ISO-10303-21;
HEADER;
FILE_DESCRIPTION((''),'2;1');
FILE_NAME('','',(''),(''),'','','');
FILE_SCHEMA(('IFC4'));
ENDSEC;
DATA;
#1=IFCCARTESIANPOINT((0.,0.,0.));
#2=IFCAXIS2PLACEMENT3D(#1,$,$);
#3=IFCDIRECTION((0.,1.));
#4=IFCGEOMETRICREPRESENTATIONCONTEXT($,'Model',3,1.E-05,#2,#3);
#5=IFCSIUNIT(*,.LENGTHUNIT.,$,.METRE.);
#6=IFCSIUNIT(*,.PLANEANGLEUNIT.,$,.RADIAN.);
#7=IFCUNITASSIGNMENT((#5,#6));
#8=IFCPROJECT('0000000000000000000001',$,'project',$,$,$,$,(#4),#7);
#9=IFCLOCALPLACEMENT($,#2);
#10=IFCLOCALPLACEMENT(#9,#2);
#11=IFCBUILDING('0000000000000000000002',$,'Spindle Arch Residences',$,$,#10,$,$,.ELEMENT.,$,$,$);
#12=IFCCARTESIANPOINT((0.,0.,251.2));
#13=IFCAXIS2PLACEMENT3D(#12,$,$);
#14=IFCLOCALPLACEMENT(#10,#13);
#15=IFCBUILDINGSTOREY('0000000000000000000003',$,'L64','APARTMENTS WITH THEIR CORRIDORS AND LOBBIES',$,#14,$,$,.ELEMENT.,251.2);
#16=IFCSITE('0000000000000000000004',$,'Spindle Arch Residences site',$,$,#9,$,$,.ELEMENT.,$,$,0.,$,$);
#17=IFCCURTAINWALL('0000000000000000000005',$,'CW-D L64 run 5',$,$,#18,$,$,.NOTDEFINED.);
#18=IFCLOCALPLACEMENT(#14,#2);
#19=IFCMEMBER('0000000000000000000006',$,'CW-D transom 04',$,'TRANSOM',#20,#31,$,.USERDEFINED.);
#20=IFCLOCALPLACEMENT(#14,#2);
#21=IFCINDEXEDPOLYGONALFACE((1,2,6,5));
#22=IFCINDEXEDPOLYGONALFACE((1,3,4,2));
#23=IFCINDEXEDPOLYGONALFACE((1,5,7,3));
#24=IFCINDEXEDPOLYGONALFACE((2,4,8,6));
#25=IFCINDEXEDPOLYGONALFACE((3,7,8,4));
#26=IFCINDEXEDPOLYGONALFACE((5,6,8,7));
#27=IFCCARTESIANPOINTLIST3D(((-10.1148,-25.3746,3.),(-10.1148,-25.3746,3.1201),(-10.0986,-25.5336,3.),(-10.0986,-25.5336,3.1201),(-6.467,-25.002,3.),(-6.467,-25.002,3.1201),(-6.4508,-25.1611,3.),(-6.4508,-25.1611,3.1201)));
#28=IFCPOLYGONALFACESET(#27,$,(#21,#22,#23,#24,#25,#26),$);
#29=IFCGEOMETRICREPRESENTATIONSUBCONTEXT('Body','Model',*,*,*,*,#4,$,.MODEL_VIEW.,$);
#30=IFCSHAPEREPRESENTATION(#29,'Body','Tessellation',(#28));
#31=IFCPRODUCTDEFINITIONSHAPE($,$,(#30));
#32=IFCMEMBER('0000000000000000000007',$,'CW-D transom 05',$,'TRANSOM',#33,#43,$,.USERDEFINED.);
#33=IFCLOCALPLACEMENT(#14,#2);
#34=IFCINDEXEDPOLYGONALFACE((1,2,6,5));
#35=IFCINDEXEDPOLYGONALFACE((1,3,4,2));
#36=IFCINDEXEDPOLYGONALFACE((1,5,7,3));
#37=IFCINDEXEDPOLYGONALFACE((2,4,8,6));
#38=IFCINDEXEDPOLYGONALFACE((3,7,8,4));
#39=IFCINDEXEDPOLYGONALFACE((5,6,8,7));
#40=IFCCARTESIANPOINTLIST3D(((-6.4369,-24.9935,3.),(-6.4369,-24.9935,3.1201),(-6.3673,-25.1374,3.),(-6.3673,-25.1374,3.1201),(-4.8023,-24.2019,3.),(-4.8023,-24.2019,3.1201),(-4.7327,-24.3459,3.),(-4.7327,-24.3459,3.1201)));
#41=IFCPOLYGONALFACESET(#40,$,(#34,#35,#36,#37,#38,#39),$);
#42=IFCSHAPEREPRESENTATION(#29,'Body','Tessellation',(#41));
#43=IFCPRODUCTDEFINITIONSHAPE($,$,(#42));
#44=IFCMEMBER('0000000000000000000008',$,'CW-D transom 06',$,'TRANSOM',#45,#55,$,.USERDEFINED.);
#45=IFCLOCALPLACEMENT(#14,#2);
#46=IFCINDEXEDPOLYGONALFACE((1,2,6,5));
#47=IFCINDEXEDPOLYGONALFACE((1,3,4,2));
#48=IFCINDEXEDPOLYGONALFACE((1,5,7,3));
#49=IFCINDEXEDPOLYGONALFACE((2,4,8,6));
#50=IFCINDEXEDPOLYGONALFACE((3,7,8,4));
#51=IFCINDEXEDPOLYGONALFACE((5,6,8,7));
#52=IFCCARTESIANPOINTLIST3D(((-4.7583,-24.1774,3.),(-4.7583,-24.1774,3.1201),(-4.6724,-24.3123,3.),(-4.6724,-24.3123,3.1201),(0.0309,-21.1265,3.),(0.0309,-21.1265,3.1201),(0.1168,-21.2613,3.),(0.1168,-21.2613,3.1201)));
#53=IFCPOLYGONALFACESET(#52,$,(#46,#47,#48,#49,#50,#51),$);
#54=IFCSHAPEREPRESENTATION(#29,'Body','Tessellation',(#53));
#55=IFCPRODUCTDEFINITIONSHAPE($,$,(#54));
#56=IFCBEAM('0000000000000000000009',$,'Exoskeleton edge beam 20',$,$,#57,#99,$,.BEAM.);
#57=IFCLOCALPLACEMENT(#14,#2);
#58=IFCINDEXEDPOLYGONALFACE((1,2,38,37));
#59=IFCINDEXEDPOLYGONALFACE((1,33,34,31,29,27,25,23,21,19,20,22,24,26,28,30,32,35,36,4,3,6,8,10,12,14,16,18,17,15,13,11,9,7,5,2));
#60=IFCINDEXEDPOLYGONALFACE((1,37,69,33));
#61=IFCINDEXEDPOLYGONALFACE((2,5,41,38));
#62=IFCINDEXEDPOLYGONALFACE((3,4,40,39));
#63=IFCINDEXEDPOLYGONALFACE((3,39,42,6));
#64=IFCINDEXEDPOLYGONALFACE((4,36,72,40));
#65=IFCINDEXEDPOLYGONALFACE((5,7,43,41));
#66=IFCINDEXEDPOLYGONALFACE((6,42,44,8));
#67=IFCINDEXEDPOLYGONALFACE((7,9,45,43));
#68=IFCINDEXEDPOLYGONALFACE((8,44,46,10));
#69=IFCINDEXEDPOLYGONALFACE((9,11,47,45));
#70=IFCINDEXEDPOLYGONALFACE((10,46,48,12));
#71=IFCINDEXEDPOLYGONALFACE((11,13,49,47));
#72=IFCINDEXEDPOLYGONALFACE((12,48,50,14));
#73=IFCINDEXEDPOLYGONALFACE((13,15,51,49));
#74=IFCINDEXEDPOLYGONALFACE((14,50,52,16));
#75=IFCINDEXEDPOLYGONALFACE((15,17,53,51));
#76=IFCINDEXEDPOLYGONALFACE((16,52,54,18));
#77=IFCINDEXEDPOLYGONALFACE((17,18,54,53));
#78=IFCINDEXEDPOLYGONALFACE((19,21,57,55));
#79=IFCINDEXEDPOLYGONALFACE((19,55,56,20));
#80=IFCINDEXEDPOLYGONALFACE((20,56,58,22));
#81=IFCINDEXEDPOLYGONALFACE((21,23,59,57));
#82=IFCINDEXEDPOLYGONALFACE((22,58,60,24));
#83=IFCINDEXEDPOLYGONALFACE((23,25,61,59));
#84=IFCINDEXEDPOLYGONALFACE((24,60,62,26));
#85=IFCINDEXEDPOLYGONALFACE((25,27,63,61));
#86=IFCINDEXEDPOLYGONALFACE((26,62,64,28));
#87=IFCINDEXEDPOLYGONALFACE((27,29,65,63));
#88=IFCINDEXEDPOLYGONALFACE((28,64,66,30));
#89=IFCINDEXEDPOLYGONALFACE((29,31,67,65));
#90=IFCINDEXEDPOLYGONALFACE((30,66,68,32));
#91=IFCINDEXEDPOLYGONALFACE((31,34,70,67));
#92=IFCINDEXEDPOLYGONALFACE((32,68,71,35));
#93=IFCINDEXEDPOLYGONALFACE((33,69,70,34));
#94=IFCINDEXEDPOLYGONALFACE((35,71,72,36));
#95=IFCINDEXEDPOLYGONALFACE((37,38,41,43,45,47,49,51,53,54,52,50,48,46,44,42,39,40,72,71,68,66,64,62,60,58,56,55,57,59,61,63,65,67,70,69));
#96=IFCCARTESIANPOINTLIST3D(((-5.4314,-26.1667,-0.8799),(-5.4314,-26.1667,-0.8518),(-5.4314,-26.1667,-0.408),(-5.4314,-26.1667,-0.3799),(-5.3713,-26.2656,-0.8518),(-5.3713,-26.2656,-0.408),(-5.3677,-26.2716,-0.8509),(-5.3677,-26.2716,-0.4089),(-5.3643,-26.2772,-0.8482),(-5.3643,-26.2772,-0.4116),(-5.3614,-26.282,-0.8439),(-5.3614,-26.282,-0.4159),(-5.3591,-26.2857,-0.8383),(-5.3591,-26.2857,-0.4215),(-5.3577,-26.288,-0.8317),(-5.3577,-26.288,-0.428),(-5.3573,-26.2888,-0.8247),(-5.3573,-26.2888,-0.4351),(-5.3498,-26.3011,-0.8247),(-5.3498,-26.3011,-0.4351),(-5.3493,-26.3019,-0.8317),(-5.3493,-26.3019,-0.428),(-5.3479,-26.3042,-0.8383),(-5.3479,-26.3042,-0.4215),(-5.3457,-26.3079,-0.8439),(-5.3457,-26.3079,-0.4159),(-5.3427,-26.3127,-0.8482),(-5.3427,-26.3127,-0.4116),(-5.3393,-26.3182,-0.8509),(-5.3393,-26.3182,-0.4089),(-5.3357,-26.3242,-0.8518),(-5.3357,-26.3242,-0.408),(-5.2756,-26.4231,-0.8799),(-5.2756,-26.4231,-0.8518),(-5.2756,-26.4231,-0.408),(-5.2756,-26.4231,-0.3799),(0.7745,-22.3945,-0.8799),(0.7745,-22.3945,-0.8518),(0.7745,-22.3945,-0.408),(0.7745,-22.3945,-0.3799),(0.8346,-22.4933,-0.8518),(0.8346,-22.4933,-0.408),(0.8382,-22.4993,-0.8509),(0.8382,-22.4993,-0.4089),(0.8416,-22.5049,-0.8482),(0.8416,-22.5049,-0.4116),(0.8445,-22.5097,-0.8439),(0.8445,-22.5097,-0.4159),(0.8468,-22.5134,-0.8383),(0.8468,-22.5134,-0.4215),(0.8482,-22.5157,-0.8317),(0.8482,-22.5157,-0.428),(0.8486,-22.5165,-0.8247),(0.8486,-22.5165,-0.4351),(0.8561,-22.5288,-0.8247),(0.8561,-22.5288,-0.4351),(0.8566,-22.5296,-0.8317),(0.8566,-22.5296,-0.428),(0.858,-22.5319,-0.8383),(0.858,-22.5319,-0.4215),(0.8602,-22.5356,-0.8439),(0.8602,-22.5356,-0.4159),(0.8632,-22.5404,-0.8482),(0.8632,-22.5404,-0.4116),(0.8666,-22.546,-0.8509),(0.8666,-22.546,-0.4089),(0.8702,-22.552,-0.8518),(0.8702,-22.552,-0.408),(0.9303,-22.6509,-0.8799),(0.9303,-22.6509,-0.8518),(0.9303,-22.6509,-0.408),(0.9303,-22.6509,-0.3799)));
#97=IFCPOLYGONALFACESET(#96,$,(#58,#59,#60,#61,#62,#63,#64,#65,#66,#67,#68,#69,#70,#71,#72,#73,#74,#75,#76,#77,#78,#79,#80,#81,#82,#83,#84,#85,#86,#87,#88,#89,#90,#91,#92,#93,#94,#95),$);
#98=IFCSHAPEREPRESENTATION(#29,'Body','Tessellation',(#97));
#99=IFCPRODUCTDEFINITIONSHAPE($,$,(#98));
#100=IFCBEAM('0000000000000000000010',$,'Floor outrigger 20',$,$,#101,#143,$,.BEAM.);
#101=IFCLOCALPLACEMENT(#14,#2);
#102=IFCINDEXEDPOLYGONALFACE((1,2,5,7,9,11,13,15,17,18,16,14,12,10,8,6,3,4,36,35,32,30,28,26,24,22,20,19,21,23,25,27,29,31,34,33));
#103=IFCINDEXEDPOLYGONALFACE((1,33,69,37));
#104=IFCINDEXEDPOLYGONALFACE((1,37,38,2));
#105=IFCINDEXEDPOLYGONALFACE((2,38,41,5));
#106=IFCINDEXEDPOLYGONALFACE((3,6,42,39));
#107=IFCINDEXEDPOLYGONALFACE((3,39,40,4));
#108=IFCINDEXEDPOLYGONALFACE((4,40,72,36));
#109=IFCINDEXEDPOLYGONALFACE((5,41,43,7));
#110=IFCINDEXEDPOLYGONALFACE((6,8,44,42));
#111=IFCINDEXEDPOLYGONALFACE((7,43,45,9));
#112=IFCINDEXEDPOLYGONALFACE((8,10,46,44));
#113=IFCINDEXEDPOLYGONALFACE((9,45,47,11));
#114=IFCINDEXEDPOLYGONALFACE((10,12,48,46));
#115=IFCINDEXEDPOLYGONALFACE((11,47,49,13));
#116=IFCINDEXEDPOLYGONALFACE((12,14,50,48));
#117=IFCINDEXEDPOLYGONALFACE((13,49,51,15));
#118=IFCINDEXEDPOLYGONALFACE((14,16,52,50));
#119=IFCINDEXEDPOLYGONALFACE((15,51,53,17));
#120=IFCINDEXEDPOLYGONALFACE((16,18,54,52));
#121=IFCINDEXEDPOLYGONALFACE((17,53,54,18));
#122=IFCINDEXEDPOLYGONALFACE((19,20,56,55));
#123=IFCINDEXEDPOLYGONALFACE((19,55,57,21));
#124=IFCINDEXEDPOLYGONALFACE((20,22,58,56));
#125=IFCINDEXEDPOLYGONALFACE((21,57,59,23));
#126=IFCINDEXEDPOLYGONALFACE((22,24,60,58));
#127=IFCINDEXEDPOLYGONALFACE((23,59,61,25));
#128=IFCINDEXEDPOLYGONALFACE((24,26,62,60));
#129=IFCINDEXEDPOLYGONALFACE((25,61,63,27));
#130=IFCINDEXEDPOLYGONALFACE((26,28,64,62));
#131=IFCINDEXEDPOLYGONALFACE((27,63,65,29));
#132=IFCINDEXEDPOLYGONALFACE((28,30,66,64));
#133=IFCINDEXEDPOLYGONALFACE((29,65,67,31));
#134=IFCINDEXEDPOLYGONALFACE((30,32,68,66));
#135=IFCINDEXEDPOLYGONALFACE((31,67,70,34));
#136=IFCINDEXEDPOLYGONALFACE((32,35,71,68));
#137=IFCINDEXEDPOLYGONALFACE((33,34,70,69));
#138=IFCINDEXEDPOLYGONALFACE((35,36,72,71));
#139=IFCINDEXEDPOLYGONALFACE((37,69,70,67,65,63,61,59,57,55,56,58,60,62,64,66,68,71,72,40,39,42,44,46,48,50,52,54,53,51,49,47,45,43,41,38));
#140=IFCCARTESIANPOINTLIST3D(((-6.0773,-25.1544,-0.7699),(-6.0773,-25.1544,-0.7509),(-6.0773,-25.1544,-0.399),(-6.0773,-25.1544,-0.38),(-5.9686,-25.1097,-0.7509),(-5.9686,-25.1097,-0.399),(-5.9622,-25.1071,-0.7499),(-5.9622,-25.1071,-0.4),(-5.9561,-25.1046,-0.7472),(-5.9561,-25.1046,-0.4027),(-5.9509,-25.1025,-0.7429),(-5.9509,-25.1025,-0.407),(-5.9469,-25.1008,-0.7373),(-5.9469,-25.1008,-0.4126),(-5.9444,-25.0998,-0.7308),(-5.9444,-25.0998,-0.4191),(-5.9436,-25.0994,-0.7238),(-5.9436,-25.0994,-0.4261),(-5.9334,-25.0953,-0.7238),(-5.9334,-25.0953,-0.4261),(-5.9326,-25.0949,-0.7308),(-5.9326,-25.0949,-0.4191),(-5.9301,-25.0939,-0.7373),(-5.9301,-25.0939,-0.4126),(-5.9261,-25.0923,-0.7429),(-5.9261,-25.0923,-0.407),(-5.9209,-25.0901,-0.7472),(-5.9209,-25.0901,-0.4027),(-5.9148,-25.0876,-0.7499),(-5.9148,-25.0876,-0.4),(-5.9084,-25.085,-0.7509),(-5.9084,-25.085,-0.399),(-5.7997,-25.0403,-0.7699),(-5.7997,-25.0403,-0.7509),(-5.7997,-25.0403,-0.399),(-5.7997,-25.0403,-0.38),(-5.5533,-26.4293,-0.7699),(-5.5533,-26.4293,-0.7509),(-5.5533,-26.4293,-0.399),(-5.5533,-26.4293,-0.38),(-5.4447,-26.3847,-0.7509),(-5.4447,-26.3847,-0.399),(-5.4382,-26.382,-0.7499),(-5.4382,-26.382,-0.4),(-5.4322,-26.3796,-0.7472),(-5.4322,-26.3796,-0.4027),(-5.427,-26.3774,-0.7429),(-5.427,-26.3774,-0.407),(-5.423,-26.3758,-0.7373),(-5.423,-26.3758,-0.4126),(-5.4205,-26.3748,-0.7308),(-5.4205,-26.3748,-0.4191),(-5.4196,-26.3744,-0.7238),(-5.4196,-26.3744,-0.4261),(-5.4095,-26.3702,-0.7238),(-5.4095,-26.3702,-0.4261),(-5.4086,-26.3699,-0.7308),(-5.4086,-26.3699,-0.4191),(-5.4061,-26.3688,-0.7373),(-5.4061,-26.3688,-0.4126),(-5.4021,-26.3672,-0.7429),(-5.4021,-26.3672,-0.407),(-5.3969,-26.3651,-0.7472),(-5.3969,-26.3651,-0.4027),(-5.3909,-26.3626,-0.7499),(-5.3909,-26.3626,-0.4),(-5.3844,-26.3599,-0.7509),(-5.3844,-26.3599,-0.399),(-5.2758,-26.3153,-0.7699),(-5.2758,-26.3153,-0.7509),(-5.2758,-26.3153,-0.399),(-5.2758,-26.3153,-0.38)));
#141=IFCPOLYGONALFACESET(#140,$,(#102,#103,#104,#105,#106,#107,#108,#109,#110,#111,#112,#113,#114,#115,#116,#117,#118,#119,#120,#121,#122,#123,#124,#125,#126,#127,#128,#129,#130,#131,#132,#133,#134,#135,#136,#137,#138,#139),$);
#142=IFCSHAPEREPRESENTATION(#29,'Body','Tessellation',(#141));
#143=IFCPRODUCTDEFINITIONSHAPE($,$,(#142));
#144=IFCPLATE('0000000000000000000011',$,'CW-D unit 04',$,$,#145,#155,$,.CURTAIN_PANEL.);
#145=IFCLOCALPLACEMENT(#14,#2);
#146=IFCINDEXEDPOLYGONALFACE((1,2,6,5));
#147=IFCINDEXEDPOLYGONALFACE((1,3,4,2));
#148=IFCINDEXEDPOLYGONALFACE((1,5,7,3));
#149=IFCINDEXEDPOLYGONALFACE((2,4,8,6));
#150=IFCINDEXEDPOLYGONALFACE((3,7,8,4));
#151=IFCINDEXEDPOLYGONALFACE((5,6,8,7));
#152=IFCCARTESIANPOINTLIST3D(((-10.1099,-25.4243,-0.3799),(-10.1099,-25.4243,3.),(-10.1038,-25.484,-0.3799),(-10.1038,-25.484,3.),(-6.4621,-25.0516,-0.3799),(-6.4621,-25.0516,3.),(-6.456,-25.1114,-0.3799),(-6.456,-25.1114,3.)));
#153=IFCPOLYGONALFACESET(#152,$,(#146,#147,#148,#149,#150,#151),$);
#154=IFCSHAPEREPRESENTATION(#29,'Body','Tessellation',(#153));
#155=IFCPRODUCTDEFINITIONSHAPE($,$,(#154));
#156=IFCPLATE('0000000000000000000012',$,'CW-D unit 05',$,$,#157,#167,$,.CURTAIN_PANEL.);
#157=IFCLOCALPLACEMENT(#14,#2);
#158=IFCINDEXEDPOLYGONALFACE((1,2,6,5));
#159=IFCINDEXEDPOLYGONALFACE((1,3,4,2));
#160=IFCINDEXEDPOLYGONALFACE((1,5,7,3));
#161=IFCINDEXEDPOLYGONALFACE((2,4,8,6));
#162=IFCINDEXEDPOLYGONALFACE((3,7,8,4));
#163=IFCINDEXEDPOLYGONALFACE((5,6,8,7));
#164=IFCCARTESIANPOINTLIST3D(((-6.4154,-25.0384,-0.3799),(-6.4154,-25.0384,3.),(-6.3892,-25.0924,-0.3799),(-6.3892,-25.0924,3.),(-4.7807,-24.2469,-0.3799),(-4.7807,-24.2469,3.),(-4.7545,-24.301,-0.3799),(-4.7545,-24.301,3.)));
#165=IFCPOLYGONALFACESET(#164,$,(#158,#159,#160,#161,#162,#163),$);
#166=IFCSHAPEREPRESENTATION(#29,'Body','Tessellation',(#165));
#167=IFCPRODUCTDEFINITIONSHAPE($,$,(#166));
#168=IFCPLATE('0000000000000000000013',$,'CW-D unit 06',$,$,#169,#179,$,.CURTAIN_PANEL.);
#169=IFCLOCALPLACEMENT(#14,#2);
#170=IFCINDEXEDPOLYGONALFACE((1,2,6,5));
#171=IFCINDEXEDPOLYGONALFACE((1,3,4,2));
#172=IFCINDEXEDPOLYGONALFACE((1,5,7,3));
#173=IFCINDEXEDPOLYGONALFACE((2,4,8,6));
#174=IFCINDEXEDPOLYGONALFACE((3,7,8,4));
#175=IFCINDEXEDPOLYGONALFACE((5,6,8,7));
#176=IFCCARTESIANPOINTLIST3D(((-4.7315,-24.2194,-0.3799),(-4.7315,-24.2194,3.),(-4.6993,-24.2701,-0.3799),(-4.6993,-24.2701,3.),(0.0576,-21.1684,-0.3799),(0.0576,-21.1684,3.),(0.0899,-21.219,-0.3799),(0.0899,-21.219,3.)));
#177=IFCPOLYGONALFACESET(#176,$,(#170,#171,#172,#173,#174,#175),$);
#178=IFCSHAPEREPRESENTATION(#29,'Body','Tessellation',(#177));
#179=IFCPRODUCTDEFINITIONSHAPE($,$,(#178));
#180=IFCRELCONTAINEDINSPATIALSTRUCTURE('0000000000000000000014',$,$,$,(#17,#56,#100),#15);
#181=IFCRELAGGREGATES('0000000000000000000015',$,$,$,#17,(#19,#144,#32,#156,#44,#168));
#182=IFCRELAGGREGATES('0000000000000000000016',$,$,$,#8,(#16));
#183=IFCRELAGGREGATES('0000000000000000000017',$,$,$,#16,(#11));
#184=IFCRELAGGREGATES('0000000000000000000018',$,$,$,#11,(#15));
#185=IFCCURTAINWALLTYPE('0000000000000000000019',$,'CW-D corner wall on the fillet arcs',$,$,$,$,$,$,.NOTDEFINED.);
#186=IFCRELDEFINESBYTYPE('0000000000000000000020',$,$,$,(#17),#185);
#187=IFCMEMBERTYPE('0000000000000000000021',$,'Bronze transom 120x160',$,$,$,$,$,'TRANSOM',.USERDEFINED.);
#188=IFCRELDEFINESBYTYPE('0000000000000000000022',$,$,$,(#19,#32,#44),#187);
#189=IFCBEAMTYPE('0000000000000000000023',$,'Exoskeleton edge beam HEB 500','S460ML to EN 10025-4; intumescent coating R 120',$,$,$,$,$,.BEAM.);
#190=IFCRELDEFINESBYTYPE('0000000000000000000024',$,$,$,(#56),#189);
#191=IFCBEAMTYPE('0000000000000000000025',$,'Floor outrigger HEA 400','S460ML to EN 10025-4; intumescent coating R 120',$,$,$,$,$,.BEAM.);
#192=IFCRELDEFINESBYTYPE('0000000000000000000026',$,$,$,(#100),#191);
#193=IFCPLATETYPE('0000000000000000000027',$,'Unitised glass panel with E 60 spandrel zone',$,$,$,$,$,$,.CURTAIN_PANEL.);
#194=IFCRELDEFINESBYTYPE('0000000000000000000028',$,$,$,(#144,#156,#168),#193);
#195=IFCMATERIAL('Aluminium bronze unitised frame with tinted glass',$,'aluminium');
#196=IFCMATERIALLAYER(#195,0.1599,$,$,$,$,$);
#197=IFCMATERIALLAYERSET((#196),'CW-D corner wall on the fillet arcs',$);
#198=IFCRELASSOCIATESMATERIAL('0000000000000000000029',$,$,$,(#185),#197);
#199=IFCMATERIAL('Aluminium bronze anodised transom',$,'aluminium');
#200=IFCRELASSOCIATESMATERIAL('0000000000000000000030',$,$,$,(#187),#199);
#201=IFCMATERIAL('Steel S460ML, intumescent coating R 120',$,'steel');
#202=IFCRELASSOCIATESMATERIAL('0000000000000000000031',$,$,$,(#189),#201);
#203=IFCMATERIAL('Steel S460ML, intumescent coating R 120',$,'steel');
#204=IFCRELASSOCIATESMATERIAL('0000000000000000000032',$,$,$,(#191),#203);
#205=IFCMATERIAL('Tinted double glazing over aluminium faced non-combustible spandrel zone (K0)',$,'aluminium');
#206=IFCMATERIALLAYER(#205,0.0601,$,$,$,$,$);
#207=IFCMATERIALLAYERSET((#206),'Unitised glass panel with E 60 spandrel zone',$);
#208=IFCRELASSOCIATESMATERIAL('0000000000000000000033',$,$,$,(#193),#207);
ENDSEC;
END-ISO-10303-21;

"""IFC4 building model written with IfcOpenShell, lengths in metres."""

from ifc_helpers import new_model, si_unit, direction, frame, origin, origin_2d, place, context, subcontext, project, spatial, rectangle, i_section, extrude, material, layer, layer_set, material_profile, profile_set, type_object, element, aggregate, save


model = new_model("IFC4")

# Units and contexts
model_context = context("Model", 3, precision=1e-05, world=origin(), true_north=direction((0.0, 1.0)))
body_context = subcontext(model_context, "Body", "Model", "MODEL_VIEW")
ifc_project = project(units=[si_unit("LENGTHUNIT", "METRE"), si_unit("PLANEANGLEUNIT", "RADIAN")], contexts=[model_context])

# Site, building, storey
site_placement = place(None, origin())
site = spatial("IfcSite", under=ifc_project, at=site_placement, Name="Spindle Arch Residences site", CompositionType="ELEMENT", RefElevation=0.0)
building_placement = place(site_placement, origin())
building = spatial("IfcBuilding", under=site, at=building_placement, Name="Spindle Arch Residences", CompositionType="ELEMENT")
storey_placement = place(building_placement, frame((0.0, 0.0, 251.2)))
storey = spatial("IfcBuildingStorey", under=building, at=storey_placement, Name="L64", Description="APARTMENTS WITH THEIR CORRIDORS AND LOBBIES", CompositionType="ELEMENT", Elevation=251.2)

# Curtain wall, members
ifc_material_1 = material(Name="Aluminium bronze unitised frame with tinted glass", Category="aluminium")
ifc_layer_1 = layer(ifc_material_1, 0.1599)
ifc_layer_set_1 = layer_set([ifc_layer_1], Name="CW-D corner wall on the fillet arcs")
curtain_wall_type = type_object("IfcCurtainWallType", Name="CW-D corner wall on the fillet arcs", PredefinedType="NOTDEFINED", material=ifc_layer_set_1)
curtain_wall_placement = place(storey_placement, origin())
curtain_wall = element("IfcCurtainWall", 1, at=curtain_wall_placement, inside=storey, type_object=curtain_wall_type, Name="CW-D L64 run 5", PredefinedType="NOTDEFINED")
ifc_material_2 = material(Name="Aluminium bronze anodised transom", Category="aluminium")
ifc_material_profile_1 = material_profile(ifc_material_2, rectangle(XDim=0.1599, YDim=0.1201, at=origin_2d()), Name="TR 120x160")
ifc_profile_set_1 = profile_set([ifc_material_profile_1], Name="Aluminium bronze anodised transom")
member_type_1 = type_object("IfcMemberType", Name="Bronze transom 120x160", ElementType="TRANSOM", PredefinedType="USERDEFINED", material=ifc_profile_set_1)
member_1_placement = place(storey_placement, frame((-10.1067, -25.4541, 3.0601), z_axis=(0.994825, 0.101606, 0.0), x_axis=(-0.101606, 0.994825, 0.0)))
member_1 = element("IfcMember", 2, at=member_1_placement, type_object=member_type_1, Name="CW-D transom 04", ObjectType="TRANSOM", PredefinedType="USERDEFINED", context=body_context, shape_type="SweptSolid", body=[
    extrude(rectangle(XDim=0.1599, YDim=0.1201, at=origin_2d()), origin(), (0.0, 0.0, 1.0), 3.6667),
])
member_2_placement = place(storey_placement, frame((-6.4021, -25.0654, 3.0601), z_axis=(0.900028, 0.435831, 0.0), x_axis=(-0.435831, 0.900028, 0.0)))
member_2 = element("IfcMember", 3, at=member_2_placement, type_object=member_type_1, Name="CW-D transom 05", ObjectType="TRANSOM", PredefinedType="USERDEFINED", context=body_context, shape_type="SweptSolid", body=[
    extrude(rectangle(XDim=0.1599, YDim=0.1201, at=origin_2d()), origin(), (0.0, 0.0, 1.0), 1.8162),
])
member_3_placement = place(storey_placement, frame((-4.7153, -24.2449, 3.0601), z_axis=(0.843399, 0.537287, 0.0), x_axis=(-0.537287, 0.843399, 0.0)))
member_3 = element("IfcMember", 4, at=member_3_placement, type_object=member_type_1, Name="CW-D transom 06", ObjectType="TRANSOM", PredefinedType="USERDEFINED", context=body_context, shape_type="SweptSolid", body=[
    extrude(rectangle(XDim=0.1599, YDim=0.1201, at=origin_2d()), origin(), (0.0, 0.0, 1.0), 5.6785),
])

# Beams
ifc_material_3 = material(Name="Steel S460ML, intumescent coating R 120", Category="steel")
ifc_material_profile_2 = material_profile(ifc_material_3, i_section(OverallWidth=0.3, OverallDepth=0.5, WebThickness=0.0144, FlangeThickness=0.0281, FilletRadius=0.0271, at=origin_2d()), Name="HEB 500")
ifc_profile_set_2 = profile_set([ifc_material_profile_2], Name="Steel S460ML, intumescent coating R 120")
beam_type_1 = type_object("IfcBeamType", Name="Exoskeleton edge beam HEB 500", Description="S460ML to EN 10025-4; intumescent coating R 120", PredefinedType="BEAM", material=ifc_profile_set_2)
beam_1_placement = place(storey_placement, frame((-5.3535, -26.2949, -0.6299), z_axis=(0.854518, 0.519421, 0.0), x_axis=(-0.519421, 0.854518, 0.0)))
element("IfcBeam", 5, at=beam_1_placement, inside=storey, type_object=beam_type_1, Name="Exoskeleton edge beam 20", PredefinedType="BEAM", context=body_context, shape_type="SweptSolid", body=[
    extrude(i_section(OverallWidth=0.3, OverallDepth=0.5, WebThickness=0.0144, FlangeThickness=0.0281, FilletRadius=0.0271, at=origin_2d()), origin(), (0.0, 0.0, 1.0), 7.2625),
])
ifc_material_4 = material(Name="Steel S460ML, intumescent coating R 120", Category="steel")
ifc_material_profile_3 = material_profile(ifc_material_4, i_section(OverallWidth=0.3, OverallDepth=0.3899, WebThickness=0.011, FlangeThickness=0.019, FilletRadius=0.0271, at=origin_2d()), Name="HEA 400")
ifc_profile_set_3 = profile_set([ifc_material_profile_3], Name="Steel S460ML, intumescent coating R 120")
beam_type_2 = type_object("IfcBeamType", Name="Floor outrigger HEA 400", Description="S460ML to EN 10025-4; intumescent coating R 120", PredefinedType="BEAM", material=ifc_profile_set_3)
beam_2_placement = place(storey_placement, frame((-5.4146, -26.3723, -0.575), z_axis=(-0.380108, 0.924942, 0.0), x_axis=(-0.924942, -0.380108, 0.0)))
element("IfcBeam", 6, at=beam_2_placement, inside=storey, type_object=beam_type_2, Name="Floor outrigger 20", PredefinedType="BEAM", context=body_context, shape_type="SweptSolid", body=[
    extrude(i_section(OverallWidth=0.3, OverallDepth=0.3899, WebThickness=0.011, FlangeThickness=0.019, FilletRadius=0.0271, at=origin_2d()), origin(), (0.0, 0.0, 1.0), 1.3784),
])

# Plates
ifc_material_5 = material(Name="Tinted double glazing over aluminium faced non-combustible spandrel zone (K0)", Category="aluminium")
ifc_layer_2 = layer(ifc_material_5, 0.0601)
ifc_layer_set_2 = layer_set([ifc_layer_2], Name="Unitised glass panel with E 60 spandrel zone")
plate_type = type_object("IfcPlateType", Name="Unitised glass panel with E 60 spandrel zone", PredefinedType="CURTAIN_PANEL", material=ifc_layer_set_2)
plate_1_placement = place(storey_placement, frame((-8.283, -25.2678, -0.3799), z_axis=(0.0, 0.0, 1.0), x_axis=(0.994822, 0.101635, 0.0)))
plate_1 = element("IfcPlate", 7, at=plate_1_placement, type_object=plate_type, Name="CW-D unit 04", PredefinedType="CURTAIN_PANEL", context=body_context, shape_type="SweptSolid", body=[
    extrude(rectangle(XDim=3.6667, YDim=0.0601, at=origin_2d()), origin(), (0.0, 0.0, 1.0), 3.3799),
])
plate_2_placement = place(storey_placement, frame((-5.585, -24.6697, -0.3799), z_axis=(0.0, 0.0, 1.0), x_axis=(0.900065, 0.435755, 0.0)))
plate_2 = element("IfcPlate", 8, at=plate_2_placement, type_object=plate_type, Name="CW-D unit 05", PredefinedType="CURTAIN_PANEL", context=body_context, shape_type="SweptSolid", body=[
    extrude(rectangle(XDim=1.8162, YDim=0.0601, at=origin_2d()), origin(), (0.0, 0.0, 1.0), 3.3799),
])
plate_3_placement = place(storey_placement, frame((-2.3208, -22.7192, -0.3799), z_axis=(0.0, 0.0, 1.0), x_axis=(0.843391, 0.5373, 0.0)))
plate_3 = element("IfcPlate", 9, at=plate_3_placement, type_object=plate_type, Name="CW-D unit 06", PredefinedType="CURTAIN_PANEL", context=body_context, shape_type="SweptSolid", body=[
    extrude(rectangle(XDim=5.6785, YDim=0.0601, at=origin_2d()), origin(), (0.0, 0.0, 1.0), 3.3799),
])
aggregate(curtain_wall, [member_1, plate_1, member_2, plate_2, member_3, plate_3])

save(model, "model.ifc")
